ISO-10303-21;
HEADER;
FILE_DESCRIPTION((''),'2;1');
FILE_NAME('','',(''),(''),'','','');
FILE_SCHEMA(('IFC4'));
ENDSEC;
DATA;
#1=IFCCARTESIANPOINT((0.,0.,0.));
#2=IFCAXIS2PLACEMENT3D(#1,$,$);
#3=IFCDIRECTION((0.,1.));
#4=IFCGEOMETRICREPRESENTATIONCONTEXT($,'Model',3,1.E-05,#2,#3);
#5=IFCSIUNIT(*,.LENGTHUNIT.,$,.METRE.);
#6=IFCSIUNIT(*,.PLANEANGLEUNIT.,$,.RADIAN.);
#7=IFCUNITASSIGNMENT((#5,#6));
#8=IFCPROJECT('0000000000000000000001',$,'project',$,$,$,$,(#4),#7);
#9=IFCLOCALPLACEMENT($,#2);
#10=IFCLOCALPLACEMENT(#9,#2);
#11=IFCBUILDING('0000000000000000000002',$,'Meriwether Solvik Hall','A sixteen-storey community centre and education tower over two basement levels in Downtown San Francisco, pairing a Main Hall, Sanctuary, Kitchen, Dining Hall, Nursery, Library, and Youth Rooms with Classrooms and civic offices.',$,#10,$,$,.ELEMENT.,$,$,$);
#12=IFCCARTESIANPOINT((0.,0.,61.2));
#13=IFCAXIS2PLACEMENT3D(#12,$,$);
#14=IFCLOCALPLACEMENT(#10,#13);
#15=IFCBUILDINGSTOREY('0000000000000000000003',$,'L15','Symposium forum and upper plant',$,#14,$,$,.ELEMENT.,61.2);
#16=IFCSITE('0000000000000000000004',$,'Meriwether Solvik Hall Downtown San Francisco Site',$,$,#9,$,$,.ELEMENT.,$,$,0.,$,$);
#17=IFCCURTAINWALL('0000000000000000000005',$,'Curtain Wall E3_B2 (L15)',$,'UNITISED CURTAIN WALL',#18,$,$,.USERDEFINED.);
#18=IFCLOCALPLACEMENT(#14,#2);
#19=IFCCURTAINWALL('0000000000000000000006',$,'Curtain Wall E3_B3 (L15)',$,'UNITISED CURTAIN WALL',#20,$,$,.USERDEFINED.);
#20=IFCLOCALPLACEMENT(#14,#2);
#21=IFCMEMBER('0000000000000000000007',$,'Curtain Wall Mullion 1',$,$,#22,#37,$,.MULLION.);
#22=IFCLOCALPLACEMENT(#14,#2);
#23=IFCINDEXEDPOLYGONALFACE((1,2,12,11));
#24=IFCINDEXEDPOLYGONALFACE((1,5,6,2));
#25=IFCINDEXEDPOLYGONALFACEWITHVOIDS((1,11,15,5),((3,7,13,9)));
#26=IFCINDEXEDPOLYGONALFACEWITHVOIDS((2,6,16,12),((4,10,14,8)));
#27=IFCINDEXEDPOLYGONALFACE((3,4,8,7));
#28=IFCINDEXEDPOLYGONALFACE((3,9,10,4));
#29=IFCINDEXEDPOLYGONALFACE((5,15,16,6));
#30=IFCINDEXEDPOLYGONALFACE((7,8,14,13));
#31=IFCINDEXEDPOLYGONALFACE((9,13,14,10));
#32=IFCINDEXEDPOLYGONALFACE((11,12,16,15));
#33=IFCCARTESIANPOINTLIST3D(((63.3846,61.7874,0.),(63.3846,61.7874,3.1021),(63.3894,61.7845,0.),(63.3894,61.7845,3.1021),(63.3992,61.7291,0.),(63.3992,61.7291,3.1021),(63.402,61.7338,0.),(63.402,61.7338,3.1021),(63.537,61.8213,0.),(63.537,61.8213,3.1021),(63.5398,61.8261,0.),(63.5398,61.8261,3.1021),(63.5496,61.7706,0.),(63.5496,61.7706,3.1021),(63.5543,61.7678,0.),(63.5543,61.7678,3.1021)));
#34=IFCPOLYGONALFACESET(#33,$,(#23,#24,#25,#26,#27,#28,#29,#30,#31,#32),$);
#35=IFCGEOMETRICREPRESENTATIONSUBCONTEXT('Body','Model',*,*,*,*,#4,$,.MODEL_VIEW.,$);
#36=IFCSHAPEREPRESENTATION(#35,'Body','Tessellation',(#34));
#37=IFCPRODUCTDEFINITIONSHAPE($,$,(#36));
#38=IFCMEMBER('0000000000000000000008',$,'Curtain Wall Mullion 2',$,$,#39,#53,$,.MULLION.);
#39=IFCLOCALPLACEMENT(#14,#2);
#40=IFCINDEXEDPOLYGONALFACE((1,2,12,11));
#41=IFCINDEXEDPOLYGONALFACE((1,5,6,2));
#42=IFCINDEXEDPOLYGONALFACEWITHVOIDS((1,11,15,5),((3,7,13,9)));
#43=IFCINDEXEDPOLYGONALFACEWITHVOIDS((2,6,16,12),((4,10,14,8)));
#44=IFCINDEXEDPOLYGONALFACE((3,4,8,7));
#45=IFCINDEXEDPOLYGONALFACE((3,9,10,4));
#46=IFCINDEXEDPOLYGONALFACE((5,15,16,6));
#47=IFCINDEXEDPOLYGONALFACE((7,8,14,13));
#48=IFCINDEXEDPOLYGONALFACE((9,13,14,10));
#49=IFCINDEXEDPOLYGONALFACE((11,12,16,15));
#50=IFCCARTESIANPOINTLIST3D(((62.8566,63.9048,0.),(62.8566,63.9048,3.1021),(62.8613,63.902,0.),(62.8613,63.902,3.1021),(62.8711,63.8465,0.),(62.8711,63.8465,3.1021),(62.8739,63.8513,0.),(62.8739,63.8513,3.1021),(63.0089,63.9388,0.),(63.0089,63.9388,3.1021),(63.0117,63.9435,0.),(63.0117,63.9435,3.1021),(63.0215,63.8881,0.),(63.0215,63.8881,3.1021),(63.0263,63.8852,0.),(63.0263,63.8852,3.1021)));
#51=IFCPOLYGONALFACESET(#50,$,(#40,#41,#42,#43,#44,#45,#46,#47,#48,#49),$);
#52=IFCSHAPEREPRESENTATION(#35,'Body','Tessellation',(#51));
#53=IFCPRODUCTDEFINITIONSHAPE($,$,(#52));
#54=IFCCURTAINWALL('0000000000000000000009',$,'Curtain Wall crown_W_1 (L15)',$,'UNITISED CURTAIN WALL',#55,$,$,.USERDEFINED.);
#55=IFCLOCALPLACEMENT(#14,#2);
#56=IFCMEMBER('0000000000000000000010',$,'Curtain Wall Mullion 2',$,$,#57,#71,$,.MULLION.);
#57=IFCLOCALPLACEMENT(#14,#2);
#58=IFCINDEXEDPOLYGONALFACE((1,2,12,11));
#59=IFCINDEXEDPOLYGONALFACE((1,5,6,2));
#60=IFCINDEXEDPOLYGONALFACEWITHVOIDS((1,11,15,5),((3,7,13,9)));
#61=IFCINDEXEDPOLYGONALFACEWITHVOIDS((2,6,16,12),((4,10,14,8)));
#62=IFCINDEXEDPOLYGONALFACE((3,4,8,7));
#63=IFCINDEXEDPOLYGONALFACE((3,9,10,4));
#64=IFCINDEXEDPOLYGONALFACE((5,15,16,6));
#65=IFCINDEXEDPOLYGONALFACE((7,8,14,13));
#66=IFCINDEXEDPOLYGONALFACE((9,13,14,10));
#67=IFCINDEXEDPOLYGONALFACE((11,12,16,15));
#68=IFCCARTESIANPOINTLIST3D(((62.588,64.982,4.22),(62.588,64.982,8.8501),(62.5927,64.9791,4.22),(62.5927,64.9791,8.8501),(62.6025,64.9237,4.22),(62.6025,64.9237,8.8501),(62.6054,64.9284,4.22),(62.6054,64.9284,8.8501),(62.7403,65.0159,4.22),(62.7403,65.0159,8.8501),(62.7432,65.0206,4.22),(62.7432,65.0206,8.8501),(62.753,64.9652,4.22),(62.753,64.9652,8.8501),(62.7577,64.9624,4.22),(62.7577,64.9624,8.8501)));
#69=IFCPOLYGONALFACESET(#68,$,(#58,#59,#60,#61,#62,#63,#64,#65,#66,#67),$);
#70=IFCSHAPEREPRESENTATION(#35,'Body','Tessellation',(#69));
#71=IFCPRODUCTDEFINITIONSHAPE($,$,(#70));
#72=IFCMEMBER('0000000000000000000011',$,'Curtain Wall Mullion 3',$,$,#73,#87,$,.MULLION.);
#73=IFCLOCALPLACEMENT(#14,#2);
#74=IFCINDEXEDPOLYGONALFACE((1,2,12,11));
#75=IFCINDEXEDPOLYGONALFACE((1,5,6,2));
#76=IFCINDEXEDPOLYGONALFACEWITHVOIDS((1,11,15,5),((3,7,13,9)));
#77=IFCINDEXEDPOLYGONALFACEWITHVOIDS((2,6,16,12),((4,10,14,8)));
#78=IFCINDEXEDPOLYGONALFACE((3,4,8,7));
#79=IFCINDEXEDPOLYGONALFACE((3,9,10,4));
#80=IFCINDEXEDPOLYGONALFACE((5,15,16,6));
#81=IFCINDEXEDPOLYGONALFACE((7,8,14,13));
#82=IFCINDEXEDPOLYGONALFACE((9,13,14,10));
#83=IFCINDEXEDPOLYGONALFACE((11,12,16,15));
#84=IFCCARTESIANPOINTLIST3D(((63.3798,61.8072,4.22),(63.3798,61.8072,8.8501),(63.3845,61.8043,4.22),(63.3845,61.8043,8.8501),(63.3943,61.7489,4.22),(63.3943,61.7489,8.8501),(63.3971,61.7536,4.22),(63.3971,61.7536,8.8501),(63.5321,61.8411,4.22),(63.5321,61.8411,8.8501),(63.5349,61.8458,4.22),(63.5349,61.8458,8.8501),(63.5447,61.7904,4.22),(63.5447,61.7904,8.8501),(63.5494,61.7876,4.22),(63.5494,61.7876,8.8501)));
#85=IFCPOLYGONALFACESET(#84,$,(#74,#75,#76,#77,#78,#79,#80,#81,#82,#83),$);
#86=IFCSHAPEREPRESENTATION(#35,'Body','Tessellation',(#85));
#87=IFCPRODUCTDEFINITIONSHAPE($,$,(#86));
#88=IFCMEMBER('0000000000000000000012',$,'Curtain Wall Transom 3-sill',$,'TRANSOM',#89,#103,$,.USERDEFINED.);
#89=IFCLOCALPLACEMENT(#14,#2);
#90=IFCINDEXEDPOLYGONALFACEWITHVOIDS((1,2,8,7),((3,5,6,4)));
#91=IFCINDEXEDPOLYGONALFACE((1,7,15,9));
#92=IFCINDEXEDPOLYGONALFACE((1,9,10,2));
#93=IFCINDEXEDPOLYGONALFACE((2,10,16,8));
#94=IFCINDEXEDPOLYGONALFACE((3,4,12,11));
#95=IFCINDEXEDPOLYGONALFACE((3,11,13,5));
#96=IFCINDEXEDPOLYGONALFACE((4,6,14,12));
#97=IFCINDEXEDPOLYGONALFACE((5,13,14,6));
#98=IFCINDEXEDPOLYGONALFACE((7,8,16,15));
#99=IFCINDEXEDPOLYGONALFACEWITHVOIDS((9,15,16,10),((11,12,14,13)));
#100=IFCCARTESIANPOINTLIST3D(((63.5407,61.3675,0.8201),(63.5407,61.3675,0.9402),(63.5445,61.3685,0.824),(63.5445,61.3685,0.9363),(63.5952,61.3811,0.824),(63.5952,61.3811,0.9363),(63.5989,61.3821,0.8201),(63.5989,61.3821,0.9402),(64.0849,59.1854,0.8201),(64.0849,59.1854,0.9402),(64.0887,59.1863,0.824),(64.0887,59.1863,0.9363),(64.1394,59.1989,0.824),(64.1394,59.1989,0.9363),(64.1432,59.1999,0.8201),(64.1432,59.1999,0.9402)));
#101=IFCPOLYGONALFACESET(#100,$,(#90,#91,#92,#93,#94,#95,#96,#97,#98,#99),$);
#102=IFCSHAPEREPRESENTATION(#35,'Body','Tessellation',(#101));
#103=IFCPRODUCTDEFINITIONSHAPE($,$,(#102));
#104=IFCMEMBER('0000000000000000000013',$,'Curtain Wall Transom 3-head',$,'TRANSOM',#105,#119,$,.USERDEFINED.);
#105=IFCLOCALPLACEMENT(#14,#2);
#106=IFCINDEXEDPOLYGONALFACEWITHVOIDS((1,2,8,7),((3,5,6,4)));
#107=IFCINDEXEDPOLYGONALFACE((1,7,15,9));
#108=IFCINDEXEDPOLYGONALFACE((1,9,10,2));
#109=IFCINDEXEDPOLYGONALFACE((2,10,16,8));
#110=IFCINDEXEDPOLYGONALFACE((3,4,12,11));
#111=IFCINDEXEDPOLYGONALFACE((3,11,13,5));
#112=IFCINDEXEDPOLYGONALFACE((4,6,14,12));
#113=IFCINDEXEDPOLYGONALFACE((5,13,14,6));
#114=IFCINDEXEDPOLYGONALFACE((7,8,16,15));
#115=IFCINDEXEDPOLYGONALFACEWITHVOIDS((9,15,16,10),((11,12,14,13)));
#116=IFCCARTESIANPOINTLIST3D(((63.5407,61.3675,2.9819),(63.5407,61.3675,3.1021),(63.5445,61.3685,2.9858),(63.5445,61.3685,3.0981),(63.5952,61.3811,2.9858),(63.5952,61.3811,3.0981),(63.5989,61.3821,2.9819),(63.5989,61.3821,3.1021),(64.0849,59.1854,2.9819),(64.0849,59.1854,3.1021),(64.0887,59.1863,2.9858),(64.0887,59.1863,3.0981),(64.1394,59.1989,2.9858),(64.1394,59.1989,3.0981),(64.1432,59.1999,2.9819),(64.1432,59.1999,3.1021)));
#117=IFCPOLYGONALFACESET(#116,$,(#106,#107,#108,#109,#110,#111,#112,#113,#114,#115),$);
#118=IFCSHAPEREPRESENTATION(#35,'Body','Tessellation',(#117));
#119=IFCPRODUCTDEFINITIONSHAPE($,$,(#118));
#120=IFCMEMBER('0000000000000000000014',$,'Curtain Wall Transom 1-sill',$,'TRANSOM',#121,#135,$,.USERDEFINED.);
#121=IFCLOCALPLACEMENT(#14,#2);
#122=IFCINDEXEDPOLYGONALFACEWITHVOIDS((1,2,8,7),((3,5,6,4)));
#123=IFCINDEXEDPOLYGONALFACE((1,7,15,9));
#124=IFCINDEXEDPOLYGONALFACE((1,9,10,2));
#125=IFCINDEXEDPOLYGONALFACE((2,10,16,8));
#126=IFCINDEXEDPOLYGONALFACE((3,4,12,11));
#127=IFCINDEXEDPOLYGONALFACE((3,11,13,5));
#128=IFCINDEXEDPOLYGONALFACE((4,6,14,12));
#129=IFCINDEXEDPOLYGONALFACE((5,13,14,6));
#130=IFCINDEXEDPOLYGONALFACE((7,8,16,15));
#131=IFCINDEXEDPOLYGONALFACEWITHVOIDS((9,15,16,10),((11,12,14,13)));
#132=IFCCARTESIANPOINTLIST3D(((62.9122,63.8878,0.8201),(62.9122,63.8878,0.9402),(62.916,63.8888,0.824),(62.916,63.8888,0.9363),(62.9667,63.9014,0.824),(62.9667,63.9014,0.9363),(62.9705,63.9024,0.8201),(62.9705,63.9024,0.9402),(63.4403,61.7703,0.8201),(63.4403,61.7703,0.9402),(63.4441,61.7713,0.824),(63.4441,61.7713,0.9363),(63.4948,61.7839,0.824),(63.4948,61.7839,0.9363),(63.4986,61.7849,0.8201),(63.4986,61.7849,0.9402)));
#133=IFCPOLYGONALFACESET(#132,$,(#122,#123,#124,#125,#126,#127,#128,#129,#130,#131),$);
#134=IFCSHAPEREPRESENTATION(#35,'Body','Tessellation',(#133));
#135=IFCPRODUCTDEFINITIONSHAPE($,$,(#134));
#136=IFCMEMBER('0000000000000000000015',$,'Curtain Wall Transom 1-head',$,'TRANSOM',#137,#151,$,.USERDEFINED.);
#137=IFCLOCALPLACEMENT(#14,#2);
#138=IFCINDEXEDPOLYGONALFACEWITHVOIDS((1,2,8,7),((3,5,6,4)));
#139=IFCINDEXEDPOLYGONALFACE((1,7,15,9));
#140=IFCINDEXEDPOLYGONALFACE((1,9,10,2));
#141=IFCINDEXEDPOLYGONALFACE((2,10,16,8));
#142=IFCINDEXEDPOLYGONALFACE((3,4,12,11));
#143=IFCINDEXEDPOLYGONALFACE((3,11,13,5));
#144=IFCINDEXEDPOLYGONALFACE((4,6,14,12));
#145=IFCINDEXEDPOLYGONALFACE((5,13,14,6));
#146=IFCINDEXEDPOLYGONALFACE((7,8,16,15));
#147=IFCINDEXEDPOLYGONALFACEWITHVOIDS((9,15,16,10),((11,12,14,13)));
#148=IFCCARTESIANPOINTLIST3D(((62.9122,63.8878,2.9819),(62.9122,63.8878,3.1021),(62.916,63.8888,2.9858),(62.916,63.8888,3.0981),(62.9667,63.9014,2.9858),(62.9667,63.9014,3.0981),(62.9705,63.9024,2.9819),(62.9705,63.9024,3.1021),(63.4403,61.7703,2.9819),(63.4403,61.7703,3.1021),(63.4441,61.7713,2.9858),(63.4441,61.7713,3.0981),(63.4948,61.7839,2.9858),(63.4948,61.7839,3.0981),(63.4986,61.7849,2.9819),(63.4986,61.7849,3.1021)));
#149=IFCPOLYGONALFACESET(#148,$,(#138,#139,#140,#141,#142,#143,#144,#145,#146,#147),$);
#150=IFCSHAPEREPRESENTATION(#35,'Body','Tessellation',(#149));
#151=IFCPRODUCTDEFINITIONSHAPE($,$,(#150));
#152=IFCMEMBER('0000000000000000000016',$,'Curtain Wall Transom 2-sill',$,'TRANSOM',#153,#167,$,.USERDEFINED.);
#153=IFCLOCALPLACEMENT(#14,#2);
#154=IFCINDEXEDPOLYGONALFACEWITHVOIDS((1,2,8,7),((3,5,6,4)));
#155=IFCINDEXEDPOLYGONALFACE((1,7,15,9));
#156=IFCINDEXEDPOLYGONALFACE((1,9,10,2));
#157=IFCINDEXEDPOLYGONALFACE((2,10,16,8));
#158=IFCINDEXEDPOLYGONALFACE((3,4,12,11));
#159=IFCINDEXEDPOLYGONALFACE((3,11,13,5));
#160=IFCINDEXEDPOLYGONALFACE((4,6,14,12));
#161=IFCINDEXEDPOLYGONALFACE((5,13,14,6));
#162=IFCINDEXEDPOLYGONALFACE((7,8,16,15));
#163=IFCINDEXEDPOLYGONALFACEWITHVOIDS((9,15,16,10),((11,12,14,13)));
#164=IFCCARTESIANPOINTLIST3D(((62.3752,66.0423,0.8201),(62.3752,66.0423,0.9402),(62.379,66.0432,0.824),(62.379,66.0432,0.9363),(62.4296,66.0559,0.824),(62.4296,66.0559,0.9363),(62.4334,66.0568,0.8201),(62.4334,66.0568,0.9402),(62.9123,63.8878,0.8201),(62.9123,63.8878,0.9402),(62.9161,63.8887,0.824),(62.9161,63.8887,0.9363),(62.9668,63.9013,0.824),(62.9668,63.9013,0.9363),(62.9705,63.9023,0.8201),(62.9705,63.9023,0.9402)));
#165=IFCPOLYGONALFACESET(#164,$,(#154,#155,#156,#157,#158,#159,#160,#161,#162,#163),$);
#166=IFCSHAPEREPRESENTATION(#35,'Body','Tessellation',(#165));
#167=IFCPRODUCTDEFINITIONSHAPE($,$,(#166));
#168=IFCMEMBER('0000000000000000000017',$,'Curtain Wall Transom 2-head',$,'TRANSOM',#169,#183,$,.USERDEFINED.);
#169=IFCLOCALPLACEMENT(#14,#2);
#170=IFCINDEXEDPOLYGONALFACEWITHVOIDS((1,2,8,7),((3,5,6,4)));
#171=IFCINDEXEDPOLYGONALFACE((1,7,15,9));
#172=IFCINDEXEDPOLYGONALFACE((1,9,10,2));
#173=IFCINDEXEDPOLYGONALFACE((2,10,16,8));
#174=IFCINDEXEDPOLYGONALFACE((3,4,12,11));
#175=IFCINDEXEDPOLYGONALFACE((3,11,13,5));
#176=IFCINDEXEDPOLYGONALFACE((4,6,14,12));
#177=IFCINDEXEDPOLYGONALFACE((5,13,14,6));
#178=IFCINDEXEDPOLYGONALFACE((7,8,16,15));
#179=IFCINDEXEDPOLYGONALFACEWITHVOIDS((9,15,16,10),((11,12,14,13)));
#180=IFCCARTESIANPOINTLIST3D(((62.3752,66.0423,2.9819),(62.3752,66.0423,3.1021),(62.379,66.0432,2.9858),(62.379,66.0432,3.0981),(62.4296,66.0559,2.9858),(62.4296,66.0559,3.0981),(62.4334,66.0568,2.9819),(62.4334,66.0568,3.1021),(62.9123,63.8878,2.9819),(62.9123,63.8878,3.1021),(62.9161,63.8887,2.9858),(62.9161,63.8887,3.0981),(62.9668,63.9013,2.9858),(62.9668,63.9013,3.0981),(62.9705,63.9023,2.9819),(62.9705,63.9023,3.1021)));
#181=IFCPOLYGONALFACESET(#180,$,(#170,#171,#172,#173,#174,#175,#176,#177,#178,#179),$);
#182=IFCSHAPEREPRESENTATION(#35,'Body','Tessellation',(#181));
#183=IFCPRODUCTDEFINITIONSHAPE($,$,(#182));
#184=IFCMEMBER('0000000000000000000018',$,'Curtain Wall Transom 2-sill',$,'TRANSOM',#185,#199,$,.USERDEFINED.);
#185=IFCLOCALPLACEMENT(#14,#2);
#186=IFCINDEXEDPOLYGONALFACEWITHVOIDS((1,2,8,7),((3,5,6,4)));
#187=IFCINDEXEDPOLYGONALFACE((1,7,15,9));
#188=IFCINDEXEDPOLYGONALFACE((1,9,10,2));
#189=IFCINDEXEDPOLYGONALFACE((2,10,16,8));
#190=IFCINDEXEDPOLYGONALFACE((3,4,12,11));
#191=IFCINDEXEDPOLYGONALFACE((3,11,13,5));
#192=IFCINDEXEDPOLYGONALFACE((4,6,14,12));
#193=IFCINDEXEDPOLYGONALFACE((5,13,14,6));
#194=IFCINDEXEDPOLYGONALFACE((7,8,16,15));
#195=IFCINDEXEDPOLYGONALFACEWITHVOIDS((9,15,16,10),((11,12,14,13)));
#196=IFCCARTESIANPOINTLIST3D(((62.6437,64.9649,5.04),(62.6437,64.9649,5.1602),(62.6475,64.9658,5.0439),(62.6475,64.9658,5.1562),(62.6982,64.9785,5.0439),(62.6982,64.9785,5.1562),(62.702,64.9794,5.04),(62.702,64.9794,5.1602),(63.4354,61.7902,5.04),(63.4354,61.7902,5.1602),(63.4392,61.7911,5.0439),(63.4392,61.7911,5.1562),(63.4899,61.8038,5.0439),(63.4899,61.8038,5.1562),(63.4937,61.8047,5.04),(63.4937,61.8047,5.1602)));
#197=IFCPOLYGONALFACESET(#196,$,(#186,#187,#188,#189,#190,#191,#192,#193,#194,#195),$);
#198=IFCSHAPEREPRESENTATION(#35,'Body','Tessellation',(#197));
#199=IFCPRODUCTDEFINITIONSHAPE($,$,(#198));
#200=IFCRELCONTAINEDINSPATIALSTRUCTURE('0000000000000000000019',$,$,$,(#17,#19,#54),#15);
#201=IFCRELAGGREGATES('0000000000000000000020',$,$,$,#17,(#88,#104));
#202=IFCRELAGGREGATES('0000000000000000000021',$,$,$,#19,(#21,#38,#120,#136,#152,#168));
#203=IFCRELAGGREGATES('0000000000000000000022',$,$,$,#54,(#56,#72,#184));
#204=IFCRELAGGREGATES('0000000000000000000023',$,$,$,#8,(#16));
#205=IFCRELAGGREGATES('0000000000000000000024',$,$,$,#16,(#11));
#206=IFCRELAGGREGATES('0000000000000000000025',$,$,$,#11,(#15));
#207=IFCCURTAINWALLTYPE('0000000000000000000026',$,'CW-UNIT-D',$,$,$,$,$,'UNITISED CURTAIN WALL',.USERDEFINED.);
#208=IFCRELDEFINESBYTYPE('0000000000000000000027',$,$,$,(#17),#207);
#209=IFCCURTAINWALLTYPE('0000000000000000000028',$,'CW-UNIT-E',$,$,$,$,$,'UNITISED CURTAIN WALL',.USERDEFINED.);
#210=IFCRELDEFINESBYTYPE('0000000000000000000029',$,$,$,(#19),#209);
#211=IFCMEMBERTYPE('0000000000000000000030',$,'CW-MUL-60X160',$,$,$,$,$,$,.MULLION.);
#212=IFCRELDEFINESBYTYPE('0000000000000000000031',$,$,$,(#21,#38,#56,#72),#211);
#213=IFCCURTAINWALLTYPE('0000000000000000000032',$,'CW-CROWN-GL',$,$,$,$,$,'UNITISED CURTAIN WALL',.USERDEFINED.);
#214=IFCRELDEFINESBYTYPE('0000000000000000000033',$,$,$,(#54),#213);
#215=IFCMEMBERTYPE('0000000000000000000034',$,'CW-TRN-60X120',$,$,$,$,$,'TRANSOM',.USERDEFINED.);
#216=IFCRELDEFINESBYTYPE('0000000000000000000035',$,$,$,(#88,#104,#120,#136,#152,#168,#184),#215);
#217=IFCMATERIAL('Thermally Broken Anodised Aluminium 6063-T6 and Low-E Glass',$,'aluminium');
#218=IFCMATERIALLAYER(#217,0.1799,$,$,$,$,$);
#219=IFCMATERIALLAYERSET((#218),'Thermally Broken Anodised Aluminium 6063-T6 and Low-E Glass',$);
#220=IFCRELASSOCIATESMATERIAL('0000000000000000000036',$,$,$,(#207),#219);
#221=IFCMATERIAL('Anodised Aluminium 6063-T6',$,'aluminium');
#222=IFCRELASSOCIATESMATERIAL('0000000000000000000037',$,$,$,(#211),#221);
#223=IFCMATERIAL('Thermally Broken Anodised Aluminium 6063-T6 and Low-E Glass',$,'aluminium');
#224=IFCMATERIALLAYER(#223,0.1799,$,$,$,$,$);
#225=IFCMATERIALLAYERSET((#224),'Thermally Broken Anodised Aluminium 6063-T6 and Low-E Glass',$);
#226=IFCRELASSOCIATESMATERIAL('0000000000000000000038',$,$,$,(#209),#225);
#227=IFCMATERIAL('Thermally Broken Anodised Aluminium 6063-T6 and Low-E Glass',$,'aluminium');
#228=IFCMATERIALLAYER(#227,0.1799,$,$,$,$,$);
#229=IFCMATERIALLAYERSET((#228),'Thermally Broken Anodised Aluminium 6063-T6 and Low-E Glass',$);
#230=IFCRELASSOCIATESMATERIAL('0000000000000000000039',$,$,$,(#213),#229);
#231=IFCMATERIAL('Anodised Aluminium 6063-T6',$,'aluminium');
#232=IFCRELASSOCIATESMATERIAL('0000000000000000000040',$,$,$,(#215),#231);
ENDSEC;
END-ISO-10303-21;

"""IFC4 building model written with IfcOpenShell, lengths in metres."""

from ifc_helpers import new_model, si_unit, direction, frame, origin, origin_2d, place, context, subcontext, project, spatial, hollow_rectangle, extrude, material, layer, layer_set, material_profile, profile_set, type_object, element, aggregate, save


model = new_model("IFC4")

# Units and contexts
model_context = context("Model", 3, precision=1e-05, world=origin(), true_north=direction((0.0, 1.0)))
body_context = subcontext(model_context, "Body", "Model", "MODEL_VIEW")
ifc_project = project(units=[si_unit("LENGTHUNIT", "METRE"), si_unit("PLANEANGLEUNIT", "RADIAN")], contexts=[model_context])

# Site, building, storey
site_placement = place(None, origin())
site = spatial("IfcSite", under=ifc_project, at=site_placement, Name="Meriwether Solvik Hall Downtown San Francisco Site", CompositionType="ELEMENT", RefElevation=0.0)
building_placement = place(site_placement, origin())
building = spatial("IfcBuilding", under=site, at=building_placement, Name="Meriwether Solvik Hall", Description="A sixteen-storey community centre and education tower over two basement levels in Downtown San Francisco, pairing a Main Hall, Sanctuary, Kitchen, Dining Hall, Nursery, Library, and Youth Rooms with Classrooms and civic offices.", CompositionType="ELEMENT")
storey_placement = place(building_placement, frame((0.0, 0.0, 61.2)))
storey = spatial("IfcBuildingStorey", under=building, at=storey_placement, Name="L15", Description="Symposium forum and upper plant", CompositionType="ELEMENT", Elevation=61.2)

# Curtain walls, members
ifc_material_1 = material(Name="Thermally Broken Anodised Aluminium 6063-T6 and Low-E Glass", Category="aluminium")
ifc_layer_1 = layer(ifc_material_1, 0.1799)
ifc_layer_set_1 = layer_set([ifc_layer_1], Name="Thermally Broken Anodised Aluminium 6063-T6 and Low-E Glass")
curtain_wall_type_1 = type_object("IfcCurtainWallType", Name="CW-UNIT-D", ElementType="UNITISED CURTAIN WALL", PredefinedType="USERDEFINED", material=ifc_layer_set_1)
curtain_wall_1_placement = place(storey_placement, origin())
curtain_wall_1 = element("IfcCurtainWall", 1, at=curtain_wall_1_placement, inside=storey, type_object=curtain_wall_type_1, Name="Curtain Wall E3_B2 (L15)", ObjectType="UNITISED CURTAIN WALL", PredefinedType="USERDEFINED")
ifc_material_2 = material(Name="Anodised Aluminium 6063-T6", Category="aluminium")
ifc_material_profile_1 = material_profile(ifc_material_2, hollow_rectangle(XDim=0.0601, YDim=0.1599, WallThickness=0.0039, at=origin_2d()), Name="CWM-60X160")
ifc_profile_set_1 = profile_set([ifc_material_profile_1], Name="Anodised Aluminium 6063-T6")
member_type_1 = type_object("IfcMemberType", Name="CW-MUL-60X160", PredefinedType="MULLION", material=ifc_profile_set_1)
ifc_material_3 = material(Name="Thermally Broken Anodised Aluminium 6063-T6 and Low-E Glass", Category="aluminium")
ifc_layer_2 = layer(ifc_material_3, 0.1799)
ifc_layer_set_2 = layer_set([ifc_layer_2], Name="Thermally Broken Anodised Aluminium 6063-T6 and Low-E Glass")
curtain_wall_type_2 = type_object("IfcCurtainWallType", Name="CW-UNIT-E", ElementType="UNITISED CURTAIN WALL", PredefinedType="USERDEFINED", material=ifc_layer_set_2)
curtain_wall_2_placement = place(storey_placement, origin())
curtain_wall_2 = element("IfcCurtainWall", 2, at=curtain_wall_2_placement, inside=storey, type_object=curtain_wall_type_2, Name="Curtain Wall E3_B3 (L15)", ObjectType="UNITISED CURTAIN WALL", PredefinedType="USERDEFINED")
member_1_placement = place(storey_placement, frame((63.4695, 61.7776, 0.0), z_axis=(0.0, 0.0, 1.0), x_axis=(-0.241922, 0.970296, 0.0)))
member_1 = element("IfcMember", 3, at=member_1_placement, type_object=member_type_1, Name="Curtain Wall Mullion 1", PredefinedType="MULLION", context=body_context, shape_type="SweptSolid", body=[
    extrude(hollow_rectangle(XDim=0.0601, YDim=0.1599, WallThickness=0.0039, at=origin_2d()), origin(), (0.0, 0.0, 1.0), 3.1021),
])
member_2_placement = place(storey_placement, frame((62.9414, 63.895, 0.0), z_axis=(0.0, 0.0, 1.0), x_axis=(-0.241922, 0.970296, 0.0)))
member_2 = element("IfcMember", 4, at=member_2_placement, type_object=member_type_1, Name="Curtain Wall Mullion 2", PredefinedType="MULLION", context=body_context, shape_type="SweptSolid", body=[
    extrude(hollow_rectangle(XDim=0.0601, YDim=0.1599, WallThickness=0.0039, at=origin_2d()), origin(), (0.0, 0.0, 1.0), 3.1021),
])
ifc_material_4 = material(Name="Thermally Broken Anodised Aluminium 6063-T6 and Low-E Glass", Category="aluminium")
ifc_layer_3 = layer(ifc_material_4, 0.1799)
ifc_layer_set_3 = layer_set([ifc_layer_3], Name="Thermally Broken Anodised Aluminium 6063-T6 and Low-E Glass")
curtain_wall_type_3 = type_object("IfcCurtainWallType", Name="CW-CROWN-GL", ElementType="UNITISED CURTAIN WALL", PredefinedType="USERDEFINED", material=ifc_layer_set_3)
curtain_wall_3_placement = place(storey_placement, origin())
curtain_wall_3 = element("IfcCurtainWall", 5, at=curtain_wall_3_placement, inside=storey, type_object=curtain_wall_type_3, Name="Curtain Wall crown_W_1 (L15)", ObjectType="UNITISED CURTAIN WALL", PredefinedType="USERDEFINED")
member_3_placement = place(storey_placement, frame((62.6729, 64.9722, 4.22), z_axis=(0.0, 0.0, 1.0), x_axis=(0.241922, -0.970296, 0.0)))
member_3 = element("IfcMember", 6, at=member_3_placement, type_object=member_type_1, Name="Curtain Wall Mullion 2", PredefinedType="MULLION", context=body_context, shape_type="SweptSolid", body=[
    extrude(hollow_rectangle(XDim=0.0601, YDim=0.1599, WallThickness=0.0039, at=origin_2d()), origin(), (0.0, 0.0, 1.0), 4.6301),
])
member_4_placement = place(storey_placement, frame((63.4646, 61.7974, 4.22), z_axis=(0.0, 0.0, 1.0), x_axis=(0.241922, -0.970296, 0.0)))
member_4 = element("IfcMember", 7, at=member_4_placement, type_object=member_type_1, Name="Curtain Wall Mullion 3", PredefinedType="MULLION", context=body_context, shape_type="SweptSolid", body=[
    extrude(hollow_rectangle(XDim=0.0601, YDim=0.1599, WallThickness=0.0039, at=origin_2d()), origin(), (0.0, 0.0, 1.0), 4.6301),
])

# Members
ifc_material_5 = material(Name="Anodised Aluminium 6063-T6", Category="aluminium")
ifc_material_profile_2 = material_profile(ifc_material_5, hollow_rectangle(XDim=0.0601, YDim=0.1201, WallThickness=0.0039, at=origin_2d()), Name="CWT-60X120")
ifc_profile_set_2 = profile_set([ifc_material_profile_2], Name="Anodised Aluminium 6063-T6")
member_type_2 = type_object("IfcMemberType", Name="CW-TRN-60X120", ElementType="TRANSOM", PredefinedType="USERDEFINED", material=ifc_profile_set_2)
member_5_placement = place(storey_placement, frame((64.114, 59.1926, 0.8801), z_axis=(-0.241974, 0.970283, 0.0), x_axis=(-0.970283, -0.241974, 0.0)))
member_5 = element("IfcMember", 8, at=member_5_placement, type_object=member_type_2, Name="Curtain Wall Transom 3-sill", ObjectType="TRANSOM", PredefinedType="USERDEFINED", context=body_context, shape_type="SweptSolid", body=[
    extrude(hollow_rectangle(XDim=0.0601, YDim=0.1201, WallThickness=0.0039, at=origin_2d()), origin(), (0.0, 0.0, 1.0), 2.249),
])
member_6_placement = place(storey_placement, frame((64.114, 59.1926, 3.042), z_axis=(-0.241974, 0.970283, 0.0), x_axis=(-0.970283, -0.241974, 0.0)))
member_6 = element("IfcMember", 9, at=member_6_placement, type_object=member_type_2, Name="Curtain Wall Transom 3-head", ObjectType="TRANSOM", PredefinedType="USERDEFINED", context=body_context, shape_type="SweptSolid", body=[
    extrude(hollow_rectangle(XDim=0.0601, YDim=0.1201, WallThickness=0.0039, at=origin_2d()), origin(), (0.0, 0.0, 1.0), 2.249),
])
member_7_placement = place(storey_placement, frame((63.4695, 61.7776, 0.8801), z_axis=(-0.241983, 0.970281, 0.0), x_axis=(-0.970281, -0.241983, 0.0)))
member_7 = element("IfcMember", 10, at=member_7_placement, type_object=member_type_2, Name="Curtain Wall Transom 1-sill", ObjectType="TRANSOM", PredefinedType="USERDEFINED", context=body_context, shape_type="SweptSolid", body=[
    extrude(hollow_rectangle(XDim=0.0601, YDim=0.1201, WallThickness=0.0039, at=origin_2d()), origin(), (0.0, 0.0, 1.0), 2.1824),
])
member_8_placement = place(storey_placement, frame((63.4695, 61.7776, 3.042), z_axis=(-0.241983, 0.970281, 0.0), x_axis=(-0.970281, -0.241983, 0.0)))
member_8 = element("IfcMember", 11, at=member_8_placement, type_object=member_type_2, Name="Curtain Wall Transom 1-head", ObjectType="TRANSOM", PredefinedType="USERDEFINED", context=body_context, shape_type="SweptSolid", body=[
    extrude(hollow_rectangle(XDim=0.0601, YDim=0.1201, WallThickness=0.0039, at=origin_2d()), origin(), (0.0, 0.0, 1.0), 2.1824),
])
member_9_placement = place(storey_placement, frame((62.9414, 63.895, 0.8801), z_axis=(-0.241889, 0.970304, 0.0), x_axis=(-0.970304, -0.241889, 0.0)))
member_9 = element("IfcMember", 12, at=member_9_placement, type_object=member_type_2, Name="Curtain Wall Transom 2-sill", ObjectType="TRANSOM", PredefinedType="USERDEFINED", context=body_context, shape_type="SweptSolid", body=[
    extrude(hollow_rectangle(XDim=0.0601, YDim=0.1201, WallThickness=0.0039, at=origin_2d()), origin(), (0.0, 0.0, 1.0), 2.2205),
])
member_10_placement = place(storey_placement, frame((62.9414, 63.895, 3.042), z_axis=(-0.241889, 0.970304, 0.0), x_axis=(-0.970304, -0.241889, 0.0)))
member_10 = element("IfcMember", 13, at=member_10_placement, type_object=member_type_2, Name="Curtain Wall Transom 2-head", ObjectType="TRANSOM", PredefinedType="USERDEFINED", context=body_context, shape_type="SweptSolid", body=[
    extrude(hollow_rectangle(XDim=0.0601, YDim=0.1201, WallThickness=0.0039, at=origin_2d()), origin(), (0.0, 0.0, 1.0), 2.2205),
])
member_11_placement = place(storey_placement, frame((62.6729, 64.9722, 5.1001), z_axis=(0.241974, -0.970283, 0.0), x_axis=(0.970283, 0.241974, 0.0)))
member_11 = element("IfcMember", 14, at=member_11_placement, type_object=member_type_2, Name="Curtain Wall Transom 2-sill", ObjectType="TRANSOM", PredefinedType="USERDEFINED", context=body_context, shape_type="SweptSolid", body=[
    extrude(hollow_rectangle(XDim=0.0601, YDim=0.1201, WallThickness=0.0039, at=origin_2d()), origin(), (0.0, 0.0, 1.0), 3.272),
])

aggregate(curtain_wall_1, [member_5, member_6])
aggregate(curtain_wall_2, [member_1, member_2, member_7, member_8, member_9, member_10])
aggregate(curtain_wall_3, [member_3, member_4, member_11])

save(model, "model.ifc")
